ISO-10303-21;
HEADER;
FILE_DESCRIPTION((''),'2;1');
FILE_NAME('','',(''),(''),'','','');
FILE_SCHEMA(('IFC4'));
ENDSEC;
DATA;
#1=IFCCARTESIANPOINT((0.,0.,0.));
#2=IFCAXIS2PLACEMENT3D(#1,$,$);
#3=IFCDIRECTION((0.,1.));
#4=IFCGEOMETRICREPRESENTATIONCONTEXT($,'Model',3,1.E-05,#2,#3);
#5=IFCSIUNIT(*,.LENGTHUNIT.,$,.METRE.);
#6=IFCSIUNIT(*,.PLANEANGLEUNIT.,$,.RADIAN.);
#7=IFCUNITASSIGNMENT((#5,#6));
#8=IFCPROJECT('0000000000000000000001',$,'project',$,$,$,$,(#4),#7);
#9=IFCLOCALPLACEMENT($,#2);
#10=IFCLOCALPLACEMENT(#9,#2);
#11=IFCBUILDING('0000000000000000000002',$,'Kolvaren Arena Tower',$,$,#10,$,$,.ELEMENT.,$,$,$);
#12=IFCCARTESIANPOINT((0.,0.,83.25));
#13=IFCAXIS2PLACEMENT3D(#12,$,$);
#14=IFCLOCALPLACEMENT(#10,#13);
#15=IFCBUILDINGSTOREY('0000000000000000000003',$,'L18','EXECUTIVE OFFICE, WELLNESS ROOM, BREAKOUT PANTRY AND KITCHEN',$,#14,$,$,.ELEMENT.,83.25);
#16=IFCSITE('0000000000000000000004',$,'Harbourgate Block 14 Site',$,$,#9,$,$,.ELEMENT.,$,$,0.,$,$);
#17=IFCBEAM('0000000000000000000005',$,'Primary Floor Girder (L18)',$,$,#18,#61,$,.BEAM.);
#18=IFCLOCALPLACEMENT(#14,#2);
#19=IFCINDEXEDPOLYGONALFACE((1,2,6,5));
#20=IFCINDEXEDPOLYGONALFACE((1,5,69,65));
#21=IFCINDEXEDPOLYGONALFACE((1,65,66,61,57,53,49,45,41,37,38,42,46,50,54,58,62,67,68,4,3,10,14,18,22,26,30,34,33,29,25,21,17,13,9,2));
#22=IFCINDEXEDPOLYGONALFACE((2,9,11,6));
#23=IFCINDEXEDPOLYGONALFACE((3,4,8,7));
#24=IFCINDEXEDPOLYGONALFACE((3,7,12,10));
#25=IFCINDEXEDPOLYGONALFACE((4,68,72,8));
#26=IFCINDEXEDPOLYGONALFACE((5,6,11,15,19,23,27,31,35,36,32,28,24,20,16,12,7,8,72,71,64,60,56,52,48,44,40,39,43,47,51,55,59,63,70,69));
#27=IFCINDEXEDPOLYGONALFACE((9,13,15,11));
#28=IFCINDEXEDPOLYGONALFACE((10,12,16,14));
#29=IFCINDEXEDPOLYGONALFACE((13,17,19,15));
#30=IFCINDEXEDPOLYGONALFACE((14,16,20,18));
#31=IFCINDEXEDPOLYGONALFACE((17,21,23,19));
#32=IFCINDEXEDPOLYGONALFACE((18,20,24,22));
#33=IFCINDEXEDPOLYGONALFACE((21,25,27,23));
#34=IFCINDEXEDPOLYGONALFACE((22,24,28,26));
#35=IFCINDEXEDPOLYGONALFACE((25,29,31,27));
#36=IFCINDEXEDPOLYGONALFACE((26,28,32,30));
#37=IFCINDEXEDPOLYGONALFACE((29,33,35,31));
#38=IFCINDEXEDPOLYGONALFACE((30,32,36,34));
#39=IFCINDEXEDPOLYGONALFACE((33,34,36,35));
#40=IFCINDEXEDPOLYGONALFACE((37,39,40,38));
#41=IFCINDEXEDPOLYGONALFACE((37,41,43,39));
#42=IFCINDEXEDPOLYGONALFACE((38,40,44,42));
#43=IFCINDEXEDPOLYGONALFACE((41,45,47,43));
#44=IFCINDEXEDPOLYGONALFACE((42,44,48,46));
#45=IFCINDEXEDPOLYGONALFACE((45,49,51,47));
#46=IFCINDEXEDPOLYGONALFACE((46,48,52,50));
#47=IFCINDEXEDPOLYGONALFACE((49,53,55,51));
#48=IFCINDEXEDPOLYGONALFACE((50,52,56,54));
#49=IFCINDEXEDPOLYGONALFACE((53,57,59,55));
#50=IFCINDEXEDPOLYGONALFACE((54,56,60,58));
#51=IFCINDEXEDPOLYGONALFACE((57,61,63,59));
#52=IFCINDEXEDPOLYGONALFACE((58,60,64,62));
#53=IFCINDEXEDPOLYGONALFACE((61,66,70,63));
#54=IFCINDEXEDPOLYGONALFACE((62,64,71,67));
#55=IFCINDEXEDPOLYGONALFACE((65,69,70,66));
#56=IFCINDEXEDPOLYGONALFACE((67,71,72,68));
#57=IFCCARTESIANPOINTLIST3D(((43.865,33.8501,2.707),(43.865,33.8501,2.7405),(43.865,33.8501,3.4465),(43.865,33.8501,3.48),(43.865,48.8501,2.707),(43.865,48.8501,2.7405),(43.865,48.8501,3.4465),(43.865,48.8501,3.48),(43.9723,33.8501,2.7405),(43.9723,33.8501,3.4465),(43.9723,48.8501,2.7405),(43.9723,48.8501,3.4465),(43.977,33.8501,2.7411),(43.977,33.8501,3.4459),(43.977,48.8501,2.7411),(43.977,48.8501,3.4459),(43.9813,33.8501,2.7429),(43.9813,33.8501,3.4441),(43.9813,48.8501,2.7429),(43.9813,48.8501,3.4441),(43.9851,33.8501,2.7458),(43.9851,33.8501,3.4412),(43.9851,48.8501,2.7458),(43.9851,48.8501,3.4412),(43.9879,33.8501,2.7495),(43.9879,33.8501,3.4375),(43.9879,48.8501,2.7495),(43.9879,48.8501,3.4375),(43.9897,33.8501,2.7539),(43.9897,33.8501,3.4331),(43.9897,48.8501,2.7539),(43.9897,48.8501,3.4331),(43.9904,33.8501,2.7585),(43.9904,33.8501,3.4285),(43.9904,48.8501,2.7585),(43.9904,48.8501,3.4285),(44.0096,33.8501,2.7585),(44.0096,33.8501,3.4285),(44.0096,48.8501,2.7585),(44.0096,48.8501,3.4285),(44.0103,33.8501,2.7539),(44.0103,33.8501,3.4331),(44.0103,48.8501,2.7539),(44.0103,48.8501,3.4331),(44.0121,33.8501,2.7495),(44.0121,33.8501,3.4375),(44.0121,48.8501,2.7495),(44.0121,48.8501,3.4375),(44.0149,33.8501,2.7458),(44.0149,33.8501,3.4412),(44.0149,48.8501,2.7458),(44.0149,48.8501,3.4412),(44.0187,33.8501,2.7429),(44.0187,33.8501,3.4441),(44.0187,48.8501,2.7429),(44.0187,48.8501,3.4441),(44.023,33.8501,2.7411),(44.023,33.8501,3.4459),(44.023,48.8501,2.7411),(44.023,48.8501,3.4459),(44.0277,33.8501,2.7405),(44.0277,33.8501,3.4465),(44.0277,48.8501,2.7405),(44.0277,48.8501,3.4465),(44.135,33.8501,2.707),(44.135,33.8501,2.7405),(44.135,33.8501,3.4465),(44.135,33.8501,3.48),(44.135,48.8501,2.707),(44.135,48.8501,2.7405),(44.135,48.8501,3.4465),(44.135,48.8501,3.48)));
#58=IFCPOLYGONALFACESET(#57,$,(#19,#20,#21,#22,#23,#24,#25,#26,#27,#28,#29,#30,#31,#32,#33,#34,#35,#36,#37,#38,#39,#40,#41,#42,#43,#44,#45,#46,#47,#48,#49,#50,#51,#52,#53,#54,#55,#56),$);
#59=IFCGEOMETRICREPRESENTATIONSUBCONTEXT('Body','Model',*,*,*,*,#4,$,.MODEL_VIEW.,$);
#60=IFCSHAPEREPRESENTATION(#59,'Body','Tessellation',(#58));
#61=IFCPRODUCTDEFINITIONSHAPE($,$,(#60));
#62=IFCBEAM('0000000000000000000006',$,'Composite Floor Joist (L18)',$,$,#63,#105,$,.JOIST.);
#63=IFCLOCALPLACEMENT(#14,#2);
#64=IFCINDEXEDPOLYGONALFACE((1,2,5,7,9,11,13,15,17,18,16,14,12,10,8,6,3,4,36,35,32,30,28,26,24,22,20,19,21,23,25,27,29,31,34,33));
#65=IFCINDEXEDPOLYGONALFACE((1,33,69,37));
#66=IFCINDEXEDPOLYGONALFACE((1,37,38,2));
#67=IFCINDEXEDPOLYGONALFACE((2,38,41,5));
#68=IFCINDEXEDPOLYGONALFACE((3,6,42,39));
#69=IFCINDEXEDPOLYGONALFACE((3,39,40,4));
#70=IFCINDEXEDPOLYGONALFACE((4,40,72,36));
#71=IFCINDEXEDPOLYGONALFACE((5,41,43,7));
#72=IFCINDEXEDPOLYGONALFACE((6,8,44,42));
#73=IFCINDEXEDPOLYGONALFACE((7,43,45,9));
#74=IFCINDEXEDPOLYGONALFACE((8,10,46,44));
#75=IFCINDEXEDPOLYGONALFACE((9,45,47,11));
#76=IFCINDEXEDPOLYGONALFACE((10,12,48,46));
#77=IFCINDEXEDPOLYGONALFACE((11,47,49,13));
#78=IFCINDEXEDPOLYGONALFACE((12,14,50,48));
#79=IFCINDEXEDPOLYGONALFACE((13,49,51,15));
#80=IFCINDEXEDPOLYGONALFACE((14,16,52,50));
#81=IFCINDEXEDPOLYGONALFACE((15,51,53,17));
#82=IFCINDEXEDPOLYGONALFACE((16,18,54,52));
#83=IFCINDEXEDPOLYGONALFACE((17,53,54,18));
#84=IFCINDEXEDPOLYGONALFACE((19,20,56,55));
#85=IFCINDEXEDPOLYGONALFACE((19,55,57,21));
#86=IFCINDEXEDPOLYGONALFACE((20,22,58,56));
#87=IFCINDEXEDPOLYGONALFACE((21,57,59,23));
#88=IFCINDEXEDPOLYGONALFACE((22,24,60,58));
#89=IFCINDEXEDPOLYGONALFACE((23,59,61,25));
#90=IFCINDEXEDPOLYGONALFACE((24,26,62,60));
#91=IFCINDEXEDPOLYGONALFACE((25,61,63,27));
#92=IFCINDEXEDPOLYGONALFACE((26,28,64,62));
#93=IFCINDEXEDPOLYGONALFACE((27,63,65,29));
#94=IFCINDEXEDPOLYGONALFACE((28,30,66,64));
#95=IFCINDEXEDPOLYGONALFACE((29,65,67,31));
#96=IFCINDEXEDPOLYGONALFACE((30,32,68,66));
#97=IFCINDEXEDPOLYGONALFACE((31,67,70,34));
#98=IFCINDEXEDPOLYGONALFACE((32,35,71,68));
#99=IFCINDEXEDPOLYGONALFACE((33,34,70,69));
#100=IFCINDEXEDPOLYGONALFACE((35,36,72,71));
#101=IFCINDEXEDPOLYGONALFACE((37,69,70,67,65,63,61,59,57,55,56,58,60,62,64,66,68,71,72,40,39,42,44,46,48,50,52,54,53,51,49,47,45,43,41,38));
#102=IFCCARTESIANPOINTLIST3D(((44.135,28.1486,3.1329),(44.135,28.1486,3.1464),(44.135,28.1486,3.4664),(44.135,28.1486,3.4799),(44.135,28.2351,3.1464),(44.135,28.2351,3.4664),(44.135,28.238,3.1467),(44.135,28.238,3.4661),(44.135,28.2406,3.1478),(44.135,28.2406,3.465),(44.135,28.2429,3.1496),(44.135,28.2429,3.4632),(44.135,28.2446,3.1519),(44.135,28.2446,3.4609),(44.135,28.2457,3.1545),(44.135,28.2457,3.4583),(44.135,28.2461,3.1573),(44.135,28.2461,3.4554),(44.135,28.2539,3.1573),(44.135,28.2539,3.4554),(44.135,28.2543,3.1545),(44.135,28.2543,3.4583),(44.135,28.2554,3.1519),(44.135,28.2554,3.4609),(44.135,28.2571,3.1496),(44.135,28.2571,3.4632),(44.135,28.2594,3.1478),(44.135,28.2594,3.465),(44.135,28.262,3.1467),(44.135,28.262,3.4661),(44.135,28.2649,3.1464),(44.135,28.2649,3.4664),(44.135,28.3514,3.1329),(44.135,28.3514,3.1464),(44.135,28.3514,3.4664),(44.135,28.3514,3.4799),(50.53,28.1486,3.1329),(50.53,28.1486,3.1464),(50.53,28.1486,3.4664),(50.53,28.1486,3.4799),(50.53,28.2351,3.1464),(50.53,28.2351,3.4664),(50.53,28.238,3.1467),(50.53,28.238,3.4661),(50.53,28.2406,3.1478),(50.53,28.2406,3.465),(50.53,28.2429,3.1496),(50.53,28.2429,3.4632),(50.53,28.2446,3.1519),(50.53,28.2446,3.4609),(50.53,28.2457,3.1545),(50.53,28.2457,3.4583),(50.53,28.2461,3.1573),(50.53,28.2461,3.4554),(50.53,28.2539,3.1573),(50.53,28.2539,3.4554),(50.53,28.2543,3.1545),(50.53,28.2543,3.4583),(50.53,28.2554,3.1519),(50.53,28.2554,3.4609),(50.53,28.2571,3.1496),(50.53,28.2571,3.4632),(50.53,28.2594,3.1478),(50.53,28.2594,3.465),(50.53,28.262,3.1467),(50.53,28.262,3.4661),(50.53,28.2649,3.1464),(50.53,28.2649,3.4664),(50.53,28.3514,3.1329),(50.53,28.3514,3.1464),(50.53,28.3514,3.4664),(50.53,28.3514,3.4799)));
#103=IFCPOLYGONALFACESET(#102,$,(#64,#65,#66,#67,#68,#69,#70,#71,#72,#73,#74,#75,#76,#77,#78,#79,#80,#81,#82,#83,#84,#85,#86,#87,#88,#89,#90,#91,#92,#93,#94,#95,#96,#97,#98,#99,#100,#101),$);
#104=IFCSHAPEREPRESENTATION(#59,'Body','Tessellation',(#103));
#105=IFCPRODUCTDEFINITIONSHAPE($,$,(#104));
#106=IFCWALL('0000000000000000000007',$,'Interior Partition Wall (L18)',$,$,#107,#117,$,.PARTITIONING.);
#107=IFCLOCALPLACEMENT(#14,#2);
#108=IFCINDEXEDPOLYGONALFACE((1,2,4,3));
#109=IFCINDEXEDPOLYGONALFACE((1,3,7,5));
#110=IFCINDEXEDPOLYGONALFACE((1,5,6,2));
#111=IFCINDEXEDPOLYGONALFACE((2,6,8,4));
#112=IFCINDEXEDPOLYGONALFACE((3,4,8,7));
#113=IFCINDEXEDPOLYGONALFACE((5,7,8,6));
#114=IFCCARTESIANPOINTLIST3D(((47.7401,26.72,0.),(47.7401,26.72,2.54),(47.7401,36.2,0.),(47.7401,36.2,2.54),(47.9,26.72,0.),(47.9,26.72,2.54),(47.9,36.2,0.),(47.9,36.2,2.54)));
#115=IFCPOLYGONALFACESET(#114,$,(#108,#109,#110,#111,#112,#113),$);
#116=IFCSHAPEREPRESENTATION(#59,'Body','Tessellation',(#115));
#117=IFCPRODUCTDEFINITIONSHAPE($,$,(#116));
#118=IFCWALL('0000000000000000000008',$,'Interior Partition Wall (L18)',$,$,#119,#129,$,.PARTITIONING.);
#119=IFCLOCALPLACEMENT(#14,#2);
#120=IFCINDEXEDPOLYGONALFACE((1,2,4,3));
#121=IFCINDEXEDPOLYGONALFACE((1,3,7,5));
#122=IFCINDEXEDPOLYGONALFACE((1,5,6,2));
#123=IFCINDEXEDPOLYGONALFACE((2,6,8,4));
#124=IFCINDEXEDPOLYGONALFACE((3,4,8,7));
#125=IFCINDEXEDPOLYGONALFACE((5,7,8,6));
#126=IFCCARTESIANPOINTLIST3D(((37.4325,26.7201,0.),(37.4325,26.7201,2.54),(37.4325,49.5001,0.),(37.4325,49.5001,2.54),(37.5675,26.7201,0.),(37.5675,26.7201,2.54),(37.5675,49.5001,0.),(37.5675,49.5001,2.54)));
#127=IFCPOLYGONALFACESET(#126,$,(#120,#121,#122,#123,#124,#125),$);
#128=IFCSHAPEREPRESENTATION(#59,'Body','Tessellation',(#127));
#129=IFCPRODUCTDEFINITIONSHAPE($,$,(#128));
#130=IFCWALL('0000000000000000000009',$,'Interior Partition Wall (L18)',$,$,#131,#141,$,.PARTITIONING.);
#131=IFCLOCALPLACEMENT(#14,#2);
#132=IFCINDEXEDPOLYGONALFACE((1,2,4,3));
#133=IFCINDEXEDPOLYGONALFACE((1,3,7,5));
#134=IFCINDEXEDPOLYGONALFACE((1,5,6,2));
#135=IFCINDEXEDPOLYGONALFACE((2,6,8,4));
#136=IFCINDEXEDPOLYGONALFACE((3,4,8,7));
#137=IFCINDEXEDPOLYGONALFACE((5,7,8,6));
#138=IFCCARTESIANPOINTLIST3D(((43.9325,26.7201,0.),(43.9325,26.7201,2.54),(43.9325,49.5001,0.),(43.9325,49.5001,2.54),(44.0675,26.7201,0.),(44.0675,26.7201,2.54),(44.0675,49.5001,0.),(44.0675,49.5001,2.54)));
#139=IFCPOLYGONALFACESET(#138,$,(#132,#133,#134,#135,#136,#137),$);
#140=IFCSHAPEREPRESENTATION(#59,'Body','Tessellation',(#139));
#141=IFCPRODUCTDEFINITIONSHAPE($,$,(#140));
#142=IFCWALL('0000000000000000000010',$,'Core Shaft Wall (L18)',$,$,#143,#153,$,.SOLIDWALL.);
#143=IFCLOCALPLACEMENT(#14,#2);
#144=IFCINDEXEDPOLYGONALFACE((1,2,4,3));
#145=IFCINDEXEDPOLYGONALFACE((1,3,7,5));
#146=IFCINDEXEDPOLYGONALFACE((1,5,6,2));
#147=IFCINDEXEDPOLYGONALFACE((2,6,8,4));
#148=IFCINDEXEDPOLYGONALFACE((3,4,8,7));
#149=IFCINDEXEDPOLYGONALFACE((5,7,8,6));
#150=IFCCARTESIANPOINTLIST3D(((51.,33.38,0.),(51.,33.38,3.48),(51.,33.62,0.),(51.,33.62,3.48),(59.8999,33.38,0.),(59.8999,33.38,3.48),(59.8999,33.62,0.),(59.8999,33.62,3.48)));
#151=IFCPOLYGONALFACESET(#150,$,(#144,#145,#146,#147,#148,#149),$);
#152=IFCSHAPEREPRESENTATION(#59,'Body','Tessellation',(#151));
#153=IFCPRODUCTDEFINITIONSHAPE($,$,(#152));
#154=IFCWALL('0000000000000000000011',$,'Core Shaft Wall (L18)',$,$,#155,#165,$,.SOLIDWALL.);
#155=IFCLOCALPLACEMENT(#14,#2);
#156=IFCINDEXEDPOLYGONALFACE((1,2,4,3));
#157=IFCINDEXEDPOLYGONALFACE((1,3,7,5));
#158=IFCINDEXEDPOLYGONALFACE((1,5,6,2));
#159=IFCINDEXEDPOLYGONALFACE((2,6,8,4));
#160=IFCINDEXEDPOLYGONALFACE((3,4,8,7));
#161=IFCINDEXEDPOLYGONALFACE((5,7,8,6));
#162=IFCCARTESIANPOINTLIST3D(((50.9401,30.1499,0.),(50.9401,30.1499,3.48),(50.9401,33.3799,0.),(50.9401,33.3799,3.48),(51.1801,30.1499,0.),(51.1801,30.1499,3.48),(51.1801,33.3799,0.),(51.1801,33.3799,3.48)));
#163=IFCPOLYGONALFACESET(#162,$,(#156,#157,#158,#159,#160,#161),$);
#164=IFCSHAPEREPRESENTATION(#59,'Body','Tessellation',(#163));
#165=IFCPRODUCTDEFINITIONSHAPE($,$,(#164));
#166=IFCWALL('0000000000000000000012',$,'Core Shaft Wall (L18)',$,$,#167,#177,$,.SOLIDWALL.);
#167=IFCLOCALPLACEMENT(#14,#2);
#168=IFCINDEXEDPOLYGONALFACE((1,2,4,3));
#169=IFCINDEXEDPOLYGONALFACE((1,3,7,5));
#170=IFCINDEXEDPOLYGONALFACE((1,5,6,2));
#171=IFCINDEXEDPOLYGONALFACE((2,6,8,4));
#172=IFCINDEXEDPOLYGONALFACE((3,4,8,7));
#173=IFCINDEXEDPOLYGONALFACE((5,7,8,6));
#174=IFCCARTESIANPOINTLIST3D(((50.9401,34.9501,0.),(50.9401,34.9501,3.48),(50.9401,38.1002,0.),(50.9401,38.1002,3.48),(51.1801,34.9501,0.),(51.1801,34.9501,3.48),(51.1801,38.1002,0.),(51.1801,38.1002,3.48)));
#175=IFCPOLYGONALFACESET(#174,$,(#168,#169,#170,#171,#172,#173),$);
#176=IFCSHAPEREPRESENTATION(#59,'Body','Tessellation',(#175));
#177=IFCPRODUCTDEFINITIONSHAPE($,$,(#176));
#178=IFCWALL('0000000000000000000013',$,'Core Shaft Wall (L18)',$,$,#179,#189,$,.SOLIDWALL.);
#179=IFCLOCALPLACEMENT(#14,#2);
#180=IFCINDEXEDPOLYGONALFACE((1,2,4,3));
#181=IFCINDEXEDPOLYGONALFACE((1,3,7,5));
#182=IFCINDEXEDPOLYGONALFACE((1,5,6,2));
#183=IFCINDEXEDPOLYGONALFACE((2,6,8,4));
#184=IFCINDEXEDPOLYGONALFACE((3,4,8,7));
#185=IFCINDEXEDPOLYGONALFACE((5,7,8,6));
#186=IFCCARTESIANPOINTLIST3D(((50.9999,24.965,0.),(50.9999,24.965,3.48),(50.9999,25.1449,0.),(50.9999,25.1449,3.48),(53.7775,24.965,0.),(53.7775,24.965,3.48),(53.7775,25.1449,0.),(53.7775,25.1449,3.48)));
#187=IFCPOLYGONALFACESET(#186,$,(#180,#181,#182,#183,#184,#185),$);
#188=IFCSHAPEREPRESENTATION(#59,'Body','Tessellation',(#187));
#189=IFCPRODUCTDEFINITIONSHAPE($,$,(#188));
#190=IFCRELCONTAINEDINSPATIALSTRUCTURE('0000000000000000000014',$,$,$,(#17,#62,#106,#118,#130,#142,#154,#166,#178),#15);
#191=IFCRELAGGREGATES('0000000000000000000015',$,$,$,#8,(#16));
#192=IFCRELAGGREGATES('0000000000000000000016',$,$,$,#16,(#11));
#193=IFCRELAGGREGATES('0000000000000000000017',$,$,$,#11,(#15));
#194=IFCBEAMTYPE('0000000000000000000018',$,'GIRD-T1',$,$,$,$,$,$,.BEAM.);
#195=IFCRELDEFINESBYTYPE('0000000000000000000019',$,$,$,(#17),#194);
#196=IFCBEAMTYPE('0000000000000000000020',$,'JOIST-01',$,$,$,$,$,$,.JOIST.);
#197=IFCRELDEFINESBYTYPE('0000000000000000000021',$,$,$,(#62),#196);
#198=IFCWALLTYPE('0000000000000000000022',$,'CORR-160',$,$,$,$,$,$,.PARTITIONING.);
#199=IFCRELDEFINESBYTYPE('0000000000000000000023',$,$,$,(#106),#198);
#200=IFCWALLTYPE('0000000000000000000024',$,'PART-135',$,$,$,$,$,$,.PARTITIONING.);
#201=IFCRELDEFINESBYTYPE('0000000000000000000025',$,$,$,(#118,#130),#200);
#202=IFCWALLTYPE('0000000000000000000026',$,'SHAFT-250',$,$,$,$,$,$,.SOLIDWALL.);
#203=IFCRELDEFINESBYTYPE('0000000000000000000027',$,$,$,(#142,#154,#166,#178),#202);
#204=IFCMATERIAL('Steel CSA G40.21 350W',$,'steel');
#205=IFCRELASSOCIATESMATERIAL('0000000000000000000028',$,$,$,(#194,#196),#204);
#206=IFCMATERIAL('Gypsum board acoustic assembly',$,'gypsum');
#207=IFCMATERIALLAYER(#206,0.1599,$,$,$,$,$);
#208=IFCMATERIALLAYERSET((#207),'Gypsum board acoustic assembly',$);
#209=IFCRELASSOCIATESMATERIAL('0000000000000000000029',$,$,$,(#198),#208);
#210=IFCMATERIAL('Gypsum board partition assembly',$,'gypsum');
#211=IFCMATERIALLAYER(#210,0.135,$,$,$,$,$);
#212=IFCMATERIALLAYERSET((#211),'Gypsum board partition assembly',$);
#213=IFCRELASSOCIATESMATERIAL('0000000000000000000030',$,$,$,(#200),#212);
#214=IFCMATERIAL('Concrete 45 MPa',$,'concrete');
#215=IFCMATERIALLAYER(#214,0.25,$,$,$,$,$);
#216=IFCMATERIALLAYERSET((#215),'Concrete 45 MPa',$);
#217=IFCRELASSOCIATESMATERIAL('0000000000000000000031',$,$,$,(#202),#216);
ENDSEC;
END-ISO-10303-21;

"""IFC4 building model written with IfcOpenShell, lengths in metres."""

from ifc_helpers import new_model, si_unit, direction, frame, frame_2d, origin, origin_2d, place, context, subcontext, project, spatial, rectangle, i_section, extrude, material, layer, layer_set, material_profile, profile_set, type_object, element, save


model = new_model("IFC4")

# Units and contexts
model_context = context("Model", 3, precision=1e-05, world=origin(), true_north=direction((0.0, 1.0)))
body_context = subcontext(model_context, "Body", "Model", "MODEL_VIEW")
ifc_project = project(units=[si_unit("LENGTHUNIT", "METRE"), si_unit("PLANEANGLEUNIT", "RADIAN")], contexts=[model_context])

# Site, building, storey
site_placement = place(None, origin())
site = spatial("IfcSite", under=ifc_project, at=site_placement, Name="Harbourgate Block 14 Site", CompositionType="ELEMENT", RefElevation=0.0)
building_placement = place(site_placement, origin())
building = spatial("IfcBuilding", under=site, at=building_placement, Name="Kolvaren Arena Tower", CompositionType="ELEMENT")
storey_placement = place(building_placement, frame((0.0, 0.0, 83.25)))
storey = spatial("IfcBuildingStorey", under=building, at=storey_placement, Name="L18", Description="EXECUTIVE OFFICE, WELLNESS ROOM, BREAKOUT PANTRY AND KITCHEN", CompositionType="ELEMENT", Elevation=83.25)

# Beams
ifc_material_1 = material(Name="Steel CSA G40.21 350W", Category="steel")
ifc_material_profile_1 = material_profile(ifc_material_1, i_section(OverallWidth=0.27, OverallDepth=0.7729, WebThickness=0.0193, FlangeThickness=0.0334, FilletRadius=0.0181, at=origin_2d()), Name="W760x257")
ifc_profile_set_1 = profile_set([ifc_material_profile_1], Name="Steel CSA G40.21 350W")
beam_type_1 = type_object("IfcBeamType", Name="GIRD-T1", PredefinedType="BEAM", material=ifc_profile_set_1)
beam_1_placement = place(storey_placement, frame((44.0, 33.8501, 3.0935), z_axis=(0.0, 1.0, 0.0), x_axis=(-1.0, 0.0, 0.0)))
element("IfcBeam", 1, at=beam_1_placement, inside=storey, type_object=beam_type_1, Name="Primary Floor Girder (L18)", PredefinedType="BEAM", context=body_context, shape_type="SweptSolid", body=[
    extrude(i_section(OverallWidth=0.27, OverallDepth=0.7729, WebThickness=0.0193, FlangeThickness=0.0334, FilletRadius=0.0181, at=origin_2d()), origin(), (0.0, 0.0, 1.0), 15.0),
])
ifc_material_profile_2 = material_profile(ifc_material_1, i_section(OverallWidth=0.2029, OverallDepth=0.3469, WebThickness=0.0078, FlangeThickness=0.0134, FilletRadius=0.011, at=origin_2d()), Name="W360x64")
ifc_profile_set_2 = profile_set([ifc_material_profile_2], Name="Steel CSA G40.21 350W")
beam_type_2 = type_object("IfcBeamType", Name="JOIST-01", PredefinedType="JOIST", material=ifc_profile_set_2)
beam_2_placement = place(storey_placement, frame((44.135, 28.25, 3.3064), z_axis=(1.0, 0.0, 0.0), x_axis=(0.0, 1.0, 0.0)))
element("IfcBeam", 2, at=beam_2_placement, inside=storey, type_object=beam_type_2, Name="Composite Floor Joist (L18)", PredefinedType="JOIST", context=body_context, shape_type="SweptSolid", body=[
    extrude(i_section(OverallWidth=0.2029, OverallDepth=0.3469, WebThickness=0.0078, FlangeThickness=0.0134, FilletRadius=0.011, at=origin_2d()), origin(), (0.0, 0.0, 1.0), 6.395),
])

# Walls
ifc_material_2 = material(Name="Gypsum board acoustic assembly", Category="gypsum")
ifc_layer_1 = layer(ifc_material_2, 0.1599)
ifc_layer_set_1 = layer_set([ifc_layer_1], Name="Gypsum board acoustic assembly")
wall_type_1 = type_object("IfcWallType", Name="CORR-160", PredefinedType="PARTITIONING", material=ifc_layer_set_1)
wall_1_placement = place(storey_placement, frame((47.8201, 26.72, 0.0), z_axis=(0.0, 0.0, 1.0), x_axis=(0.0, 1.0, 0.0)))
element("IfcWall", 3, at=wall_1_placement, inside=storey, type_object=wall_type_1, Name="Interior Partition Wall (L18)", PredefinedType="PARTITIONING", context=body_context, shape_type="SweptSolid", body=[
    extrude(rectangle(XDim=9.48, YDim=0.1599, at=frame_2d((4.74, 0.0))), origin(), (0.0, 0.0, 1.0), 2.54),
])
ifc_material_3 = material(Name="Gypsum board partition assembly", Category="gypsum")
ifc_layer_2 = layer(ifc_material_3, 0.135)
ifc_layer_set_2 = layer_set([ifc_layer_2], Name="Gypsum board partition assembly")
wall_type_2 = type_object("IfcWallType", Name="PART-135", PredefinedType="PARTITIONING", material=ifc_layer_set_2)
for number, where, z_axis, x_axis, name in (
    (4, (37.5, 26.72, 0.0), (0.0, 0.0, 1.0), (0.0, 1.0, 0.0), "Interior Partition Wall (L18)"),
    (5, (44.0, 26.72, 0.0), (0.0, 0.0, 1.0), (0.0, 1.0, 0.0), "Interior Partition Wall (L18)"),
):
    element("IfcWall", number, at=place(storey_placement, frame(where, z_axis=z_axis, x_axis=x_axis)), inside=storey, type_object=wall_type_2, Name=name, PredefinedType="PARTITIONING", context=body_context, shape_type="SweptSolid", body=[
        extrude(rectangle(XDim=22.78, YDim=0.135, at=frame_2d((11.3901, 0.0))), origin(), (0.0, 0.0, 1.0), 2.54),
    ])
ifc_material_4 = material(Name="Concrete 45 MPa", Category="concrete")
ifc_layer_3 = layer(ifc_material_4, 0.25)
ifc_layer_set_3 = layer_set([ifc_layer_3], Name="Concrete 45 MPa")
wall_type_3 = type_object("IfcWallType", Name="SHAFT-250", PredefinedType="SOLIDWALL", material=ifc_layer_set_3)
wall_2_placement = place(storey_placement, frame((51.0, 33.5, 0.0), z_axis=(0.0, 0.0, 1.0), x_axis=(1.0, 0.0, 0.0)))
element("IfcWall", 6, at=wall_2_placement, inside=storey, type_object=wall_type_3, Name="Core Shaft Wall (L18)", PredefinedType="SOLIDWALL", context=body_context, shape_type="SweptSolid", body=[
    extrude(rectangle(XDim=8.8999, YDim=0.24, at=frame_2d((4.45, 0.0))), origin(), (0.0, 0.0, 1.0), 3.48),
])
wall_3_placement = place(storey_placement, frame((51.0601, 30.1499, 0.0), z_axis=(0.0, 0.0, 1.0), x_axis=(0.0, 1.0, 0.0)))
element("IfcWall", 7, at=wall_3_placement, inside=storey, type_object=wall_type_3, Name="Core Shaft Wall (L18)", PredefinedType="SOLIDWALL", context=body_context, shape_type="SweptSolid", body=[
    extrude(rectangle(XDim=3.23, YDim=0.24, at=frame_2d((1.615, 0.0))), origin(), (0.0, 0.0, 1.0), 3.48),
])
wall_4_placement = place(storey_placement, frame((51.0601, 34.95, 0.0), z_axis=(0.0, 0.0, 1.0), x_axis=(0.0, 1.0, 0.0)))
element("IfcWall", 8, at=wall_4_placement, inside=storey, type_object=wall_type_3, Name="Core Shaft Wall (L18)", PredefinedType="SOLIDWALL", context=body_context, shape_type="SweptSolid", body=[
    extrude(rectangle(XDim=3.1501, YDim=0.24, at=frame_2d((1.5752, 0.0))), origin(), (0.0, 0.0, 1.0), 3.48),
])
wall_5_placement = place(storey_placement, frame((51.0, 25.0549, 0.0), z_axis=(0.0, 0.0, 1.0), x_axis=(1.0, 0.0, 0.0)))
element("IfcWall", 9, at=wall_5_placement, inside=storey, type_object=wall_type_3, Name="Core Shaft Wall (L18)", PredefinedType="SOLIDWALL", context=body_context, shape_type="SweptSolid", body=[
    extrude(rectangle(XDim=2.7776, YDim=0.1799, at=frame_2d((1.3887, 0.0))), origin(), (0.0, 0.0, 1.0), 3.48),
])

save(model, "model.ifc")
